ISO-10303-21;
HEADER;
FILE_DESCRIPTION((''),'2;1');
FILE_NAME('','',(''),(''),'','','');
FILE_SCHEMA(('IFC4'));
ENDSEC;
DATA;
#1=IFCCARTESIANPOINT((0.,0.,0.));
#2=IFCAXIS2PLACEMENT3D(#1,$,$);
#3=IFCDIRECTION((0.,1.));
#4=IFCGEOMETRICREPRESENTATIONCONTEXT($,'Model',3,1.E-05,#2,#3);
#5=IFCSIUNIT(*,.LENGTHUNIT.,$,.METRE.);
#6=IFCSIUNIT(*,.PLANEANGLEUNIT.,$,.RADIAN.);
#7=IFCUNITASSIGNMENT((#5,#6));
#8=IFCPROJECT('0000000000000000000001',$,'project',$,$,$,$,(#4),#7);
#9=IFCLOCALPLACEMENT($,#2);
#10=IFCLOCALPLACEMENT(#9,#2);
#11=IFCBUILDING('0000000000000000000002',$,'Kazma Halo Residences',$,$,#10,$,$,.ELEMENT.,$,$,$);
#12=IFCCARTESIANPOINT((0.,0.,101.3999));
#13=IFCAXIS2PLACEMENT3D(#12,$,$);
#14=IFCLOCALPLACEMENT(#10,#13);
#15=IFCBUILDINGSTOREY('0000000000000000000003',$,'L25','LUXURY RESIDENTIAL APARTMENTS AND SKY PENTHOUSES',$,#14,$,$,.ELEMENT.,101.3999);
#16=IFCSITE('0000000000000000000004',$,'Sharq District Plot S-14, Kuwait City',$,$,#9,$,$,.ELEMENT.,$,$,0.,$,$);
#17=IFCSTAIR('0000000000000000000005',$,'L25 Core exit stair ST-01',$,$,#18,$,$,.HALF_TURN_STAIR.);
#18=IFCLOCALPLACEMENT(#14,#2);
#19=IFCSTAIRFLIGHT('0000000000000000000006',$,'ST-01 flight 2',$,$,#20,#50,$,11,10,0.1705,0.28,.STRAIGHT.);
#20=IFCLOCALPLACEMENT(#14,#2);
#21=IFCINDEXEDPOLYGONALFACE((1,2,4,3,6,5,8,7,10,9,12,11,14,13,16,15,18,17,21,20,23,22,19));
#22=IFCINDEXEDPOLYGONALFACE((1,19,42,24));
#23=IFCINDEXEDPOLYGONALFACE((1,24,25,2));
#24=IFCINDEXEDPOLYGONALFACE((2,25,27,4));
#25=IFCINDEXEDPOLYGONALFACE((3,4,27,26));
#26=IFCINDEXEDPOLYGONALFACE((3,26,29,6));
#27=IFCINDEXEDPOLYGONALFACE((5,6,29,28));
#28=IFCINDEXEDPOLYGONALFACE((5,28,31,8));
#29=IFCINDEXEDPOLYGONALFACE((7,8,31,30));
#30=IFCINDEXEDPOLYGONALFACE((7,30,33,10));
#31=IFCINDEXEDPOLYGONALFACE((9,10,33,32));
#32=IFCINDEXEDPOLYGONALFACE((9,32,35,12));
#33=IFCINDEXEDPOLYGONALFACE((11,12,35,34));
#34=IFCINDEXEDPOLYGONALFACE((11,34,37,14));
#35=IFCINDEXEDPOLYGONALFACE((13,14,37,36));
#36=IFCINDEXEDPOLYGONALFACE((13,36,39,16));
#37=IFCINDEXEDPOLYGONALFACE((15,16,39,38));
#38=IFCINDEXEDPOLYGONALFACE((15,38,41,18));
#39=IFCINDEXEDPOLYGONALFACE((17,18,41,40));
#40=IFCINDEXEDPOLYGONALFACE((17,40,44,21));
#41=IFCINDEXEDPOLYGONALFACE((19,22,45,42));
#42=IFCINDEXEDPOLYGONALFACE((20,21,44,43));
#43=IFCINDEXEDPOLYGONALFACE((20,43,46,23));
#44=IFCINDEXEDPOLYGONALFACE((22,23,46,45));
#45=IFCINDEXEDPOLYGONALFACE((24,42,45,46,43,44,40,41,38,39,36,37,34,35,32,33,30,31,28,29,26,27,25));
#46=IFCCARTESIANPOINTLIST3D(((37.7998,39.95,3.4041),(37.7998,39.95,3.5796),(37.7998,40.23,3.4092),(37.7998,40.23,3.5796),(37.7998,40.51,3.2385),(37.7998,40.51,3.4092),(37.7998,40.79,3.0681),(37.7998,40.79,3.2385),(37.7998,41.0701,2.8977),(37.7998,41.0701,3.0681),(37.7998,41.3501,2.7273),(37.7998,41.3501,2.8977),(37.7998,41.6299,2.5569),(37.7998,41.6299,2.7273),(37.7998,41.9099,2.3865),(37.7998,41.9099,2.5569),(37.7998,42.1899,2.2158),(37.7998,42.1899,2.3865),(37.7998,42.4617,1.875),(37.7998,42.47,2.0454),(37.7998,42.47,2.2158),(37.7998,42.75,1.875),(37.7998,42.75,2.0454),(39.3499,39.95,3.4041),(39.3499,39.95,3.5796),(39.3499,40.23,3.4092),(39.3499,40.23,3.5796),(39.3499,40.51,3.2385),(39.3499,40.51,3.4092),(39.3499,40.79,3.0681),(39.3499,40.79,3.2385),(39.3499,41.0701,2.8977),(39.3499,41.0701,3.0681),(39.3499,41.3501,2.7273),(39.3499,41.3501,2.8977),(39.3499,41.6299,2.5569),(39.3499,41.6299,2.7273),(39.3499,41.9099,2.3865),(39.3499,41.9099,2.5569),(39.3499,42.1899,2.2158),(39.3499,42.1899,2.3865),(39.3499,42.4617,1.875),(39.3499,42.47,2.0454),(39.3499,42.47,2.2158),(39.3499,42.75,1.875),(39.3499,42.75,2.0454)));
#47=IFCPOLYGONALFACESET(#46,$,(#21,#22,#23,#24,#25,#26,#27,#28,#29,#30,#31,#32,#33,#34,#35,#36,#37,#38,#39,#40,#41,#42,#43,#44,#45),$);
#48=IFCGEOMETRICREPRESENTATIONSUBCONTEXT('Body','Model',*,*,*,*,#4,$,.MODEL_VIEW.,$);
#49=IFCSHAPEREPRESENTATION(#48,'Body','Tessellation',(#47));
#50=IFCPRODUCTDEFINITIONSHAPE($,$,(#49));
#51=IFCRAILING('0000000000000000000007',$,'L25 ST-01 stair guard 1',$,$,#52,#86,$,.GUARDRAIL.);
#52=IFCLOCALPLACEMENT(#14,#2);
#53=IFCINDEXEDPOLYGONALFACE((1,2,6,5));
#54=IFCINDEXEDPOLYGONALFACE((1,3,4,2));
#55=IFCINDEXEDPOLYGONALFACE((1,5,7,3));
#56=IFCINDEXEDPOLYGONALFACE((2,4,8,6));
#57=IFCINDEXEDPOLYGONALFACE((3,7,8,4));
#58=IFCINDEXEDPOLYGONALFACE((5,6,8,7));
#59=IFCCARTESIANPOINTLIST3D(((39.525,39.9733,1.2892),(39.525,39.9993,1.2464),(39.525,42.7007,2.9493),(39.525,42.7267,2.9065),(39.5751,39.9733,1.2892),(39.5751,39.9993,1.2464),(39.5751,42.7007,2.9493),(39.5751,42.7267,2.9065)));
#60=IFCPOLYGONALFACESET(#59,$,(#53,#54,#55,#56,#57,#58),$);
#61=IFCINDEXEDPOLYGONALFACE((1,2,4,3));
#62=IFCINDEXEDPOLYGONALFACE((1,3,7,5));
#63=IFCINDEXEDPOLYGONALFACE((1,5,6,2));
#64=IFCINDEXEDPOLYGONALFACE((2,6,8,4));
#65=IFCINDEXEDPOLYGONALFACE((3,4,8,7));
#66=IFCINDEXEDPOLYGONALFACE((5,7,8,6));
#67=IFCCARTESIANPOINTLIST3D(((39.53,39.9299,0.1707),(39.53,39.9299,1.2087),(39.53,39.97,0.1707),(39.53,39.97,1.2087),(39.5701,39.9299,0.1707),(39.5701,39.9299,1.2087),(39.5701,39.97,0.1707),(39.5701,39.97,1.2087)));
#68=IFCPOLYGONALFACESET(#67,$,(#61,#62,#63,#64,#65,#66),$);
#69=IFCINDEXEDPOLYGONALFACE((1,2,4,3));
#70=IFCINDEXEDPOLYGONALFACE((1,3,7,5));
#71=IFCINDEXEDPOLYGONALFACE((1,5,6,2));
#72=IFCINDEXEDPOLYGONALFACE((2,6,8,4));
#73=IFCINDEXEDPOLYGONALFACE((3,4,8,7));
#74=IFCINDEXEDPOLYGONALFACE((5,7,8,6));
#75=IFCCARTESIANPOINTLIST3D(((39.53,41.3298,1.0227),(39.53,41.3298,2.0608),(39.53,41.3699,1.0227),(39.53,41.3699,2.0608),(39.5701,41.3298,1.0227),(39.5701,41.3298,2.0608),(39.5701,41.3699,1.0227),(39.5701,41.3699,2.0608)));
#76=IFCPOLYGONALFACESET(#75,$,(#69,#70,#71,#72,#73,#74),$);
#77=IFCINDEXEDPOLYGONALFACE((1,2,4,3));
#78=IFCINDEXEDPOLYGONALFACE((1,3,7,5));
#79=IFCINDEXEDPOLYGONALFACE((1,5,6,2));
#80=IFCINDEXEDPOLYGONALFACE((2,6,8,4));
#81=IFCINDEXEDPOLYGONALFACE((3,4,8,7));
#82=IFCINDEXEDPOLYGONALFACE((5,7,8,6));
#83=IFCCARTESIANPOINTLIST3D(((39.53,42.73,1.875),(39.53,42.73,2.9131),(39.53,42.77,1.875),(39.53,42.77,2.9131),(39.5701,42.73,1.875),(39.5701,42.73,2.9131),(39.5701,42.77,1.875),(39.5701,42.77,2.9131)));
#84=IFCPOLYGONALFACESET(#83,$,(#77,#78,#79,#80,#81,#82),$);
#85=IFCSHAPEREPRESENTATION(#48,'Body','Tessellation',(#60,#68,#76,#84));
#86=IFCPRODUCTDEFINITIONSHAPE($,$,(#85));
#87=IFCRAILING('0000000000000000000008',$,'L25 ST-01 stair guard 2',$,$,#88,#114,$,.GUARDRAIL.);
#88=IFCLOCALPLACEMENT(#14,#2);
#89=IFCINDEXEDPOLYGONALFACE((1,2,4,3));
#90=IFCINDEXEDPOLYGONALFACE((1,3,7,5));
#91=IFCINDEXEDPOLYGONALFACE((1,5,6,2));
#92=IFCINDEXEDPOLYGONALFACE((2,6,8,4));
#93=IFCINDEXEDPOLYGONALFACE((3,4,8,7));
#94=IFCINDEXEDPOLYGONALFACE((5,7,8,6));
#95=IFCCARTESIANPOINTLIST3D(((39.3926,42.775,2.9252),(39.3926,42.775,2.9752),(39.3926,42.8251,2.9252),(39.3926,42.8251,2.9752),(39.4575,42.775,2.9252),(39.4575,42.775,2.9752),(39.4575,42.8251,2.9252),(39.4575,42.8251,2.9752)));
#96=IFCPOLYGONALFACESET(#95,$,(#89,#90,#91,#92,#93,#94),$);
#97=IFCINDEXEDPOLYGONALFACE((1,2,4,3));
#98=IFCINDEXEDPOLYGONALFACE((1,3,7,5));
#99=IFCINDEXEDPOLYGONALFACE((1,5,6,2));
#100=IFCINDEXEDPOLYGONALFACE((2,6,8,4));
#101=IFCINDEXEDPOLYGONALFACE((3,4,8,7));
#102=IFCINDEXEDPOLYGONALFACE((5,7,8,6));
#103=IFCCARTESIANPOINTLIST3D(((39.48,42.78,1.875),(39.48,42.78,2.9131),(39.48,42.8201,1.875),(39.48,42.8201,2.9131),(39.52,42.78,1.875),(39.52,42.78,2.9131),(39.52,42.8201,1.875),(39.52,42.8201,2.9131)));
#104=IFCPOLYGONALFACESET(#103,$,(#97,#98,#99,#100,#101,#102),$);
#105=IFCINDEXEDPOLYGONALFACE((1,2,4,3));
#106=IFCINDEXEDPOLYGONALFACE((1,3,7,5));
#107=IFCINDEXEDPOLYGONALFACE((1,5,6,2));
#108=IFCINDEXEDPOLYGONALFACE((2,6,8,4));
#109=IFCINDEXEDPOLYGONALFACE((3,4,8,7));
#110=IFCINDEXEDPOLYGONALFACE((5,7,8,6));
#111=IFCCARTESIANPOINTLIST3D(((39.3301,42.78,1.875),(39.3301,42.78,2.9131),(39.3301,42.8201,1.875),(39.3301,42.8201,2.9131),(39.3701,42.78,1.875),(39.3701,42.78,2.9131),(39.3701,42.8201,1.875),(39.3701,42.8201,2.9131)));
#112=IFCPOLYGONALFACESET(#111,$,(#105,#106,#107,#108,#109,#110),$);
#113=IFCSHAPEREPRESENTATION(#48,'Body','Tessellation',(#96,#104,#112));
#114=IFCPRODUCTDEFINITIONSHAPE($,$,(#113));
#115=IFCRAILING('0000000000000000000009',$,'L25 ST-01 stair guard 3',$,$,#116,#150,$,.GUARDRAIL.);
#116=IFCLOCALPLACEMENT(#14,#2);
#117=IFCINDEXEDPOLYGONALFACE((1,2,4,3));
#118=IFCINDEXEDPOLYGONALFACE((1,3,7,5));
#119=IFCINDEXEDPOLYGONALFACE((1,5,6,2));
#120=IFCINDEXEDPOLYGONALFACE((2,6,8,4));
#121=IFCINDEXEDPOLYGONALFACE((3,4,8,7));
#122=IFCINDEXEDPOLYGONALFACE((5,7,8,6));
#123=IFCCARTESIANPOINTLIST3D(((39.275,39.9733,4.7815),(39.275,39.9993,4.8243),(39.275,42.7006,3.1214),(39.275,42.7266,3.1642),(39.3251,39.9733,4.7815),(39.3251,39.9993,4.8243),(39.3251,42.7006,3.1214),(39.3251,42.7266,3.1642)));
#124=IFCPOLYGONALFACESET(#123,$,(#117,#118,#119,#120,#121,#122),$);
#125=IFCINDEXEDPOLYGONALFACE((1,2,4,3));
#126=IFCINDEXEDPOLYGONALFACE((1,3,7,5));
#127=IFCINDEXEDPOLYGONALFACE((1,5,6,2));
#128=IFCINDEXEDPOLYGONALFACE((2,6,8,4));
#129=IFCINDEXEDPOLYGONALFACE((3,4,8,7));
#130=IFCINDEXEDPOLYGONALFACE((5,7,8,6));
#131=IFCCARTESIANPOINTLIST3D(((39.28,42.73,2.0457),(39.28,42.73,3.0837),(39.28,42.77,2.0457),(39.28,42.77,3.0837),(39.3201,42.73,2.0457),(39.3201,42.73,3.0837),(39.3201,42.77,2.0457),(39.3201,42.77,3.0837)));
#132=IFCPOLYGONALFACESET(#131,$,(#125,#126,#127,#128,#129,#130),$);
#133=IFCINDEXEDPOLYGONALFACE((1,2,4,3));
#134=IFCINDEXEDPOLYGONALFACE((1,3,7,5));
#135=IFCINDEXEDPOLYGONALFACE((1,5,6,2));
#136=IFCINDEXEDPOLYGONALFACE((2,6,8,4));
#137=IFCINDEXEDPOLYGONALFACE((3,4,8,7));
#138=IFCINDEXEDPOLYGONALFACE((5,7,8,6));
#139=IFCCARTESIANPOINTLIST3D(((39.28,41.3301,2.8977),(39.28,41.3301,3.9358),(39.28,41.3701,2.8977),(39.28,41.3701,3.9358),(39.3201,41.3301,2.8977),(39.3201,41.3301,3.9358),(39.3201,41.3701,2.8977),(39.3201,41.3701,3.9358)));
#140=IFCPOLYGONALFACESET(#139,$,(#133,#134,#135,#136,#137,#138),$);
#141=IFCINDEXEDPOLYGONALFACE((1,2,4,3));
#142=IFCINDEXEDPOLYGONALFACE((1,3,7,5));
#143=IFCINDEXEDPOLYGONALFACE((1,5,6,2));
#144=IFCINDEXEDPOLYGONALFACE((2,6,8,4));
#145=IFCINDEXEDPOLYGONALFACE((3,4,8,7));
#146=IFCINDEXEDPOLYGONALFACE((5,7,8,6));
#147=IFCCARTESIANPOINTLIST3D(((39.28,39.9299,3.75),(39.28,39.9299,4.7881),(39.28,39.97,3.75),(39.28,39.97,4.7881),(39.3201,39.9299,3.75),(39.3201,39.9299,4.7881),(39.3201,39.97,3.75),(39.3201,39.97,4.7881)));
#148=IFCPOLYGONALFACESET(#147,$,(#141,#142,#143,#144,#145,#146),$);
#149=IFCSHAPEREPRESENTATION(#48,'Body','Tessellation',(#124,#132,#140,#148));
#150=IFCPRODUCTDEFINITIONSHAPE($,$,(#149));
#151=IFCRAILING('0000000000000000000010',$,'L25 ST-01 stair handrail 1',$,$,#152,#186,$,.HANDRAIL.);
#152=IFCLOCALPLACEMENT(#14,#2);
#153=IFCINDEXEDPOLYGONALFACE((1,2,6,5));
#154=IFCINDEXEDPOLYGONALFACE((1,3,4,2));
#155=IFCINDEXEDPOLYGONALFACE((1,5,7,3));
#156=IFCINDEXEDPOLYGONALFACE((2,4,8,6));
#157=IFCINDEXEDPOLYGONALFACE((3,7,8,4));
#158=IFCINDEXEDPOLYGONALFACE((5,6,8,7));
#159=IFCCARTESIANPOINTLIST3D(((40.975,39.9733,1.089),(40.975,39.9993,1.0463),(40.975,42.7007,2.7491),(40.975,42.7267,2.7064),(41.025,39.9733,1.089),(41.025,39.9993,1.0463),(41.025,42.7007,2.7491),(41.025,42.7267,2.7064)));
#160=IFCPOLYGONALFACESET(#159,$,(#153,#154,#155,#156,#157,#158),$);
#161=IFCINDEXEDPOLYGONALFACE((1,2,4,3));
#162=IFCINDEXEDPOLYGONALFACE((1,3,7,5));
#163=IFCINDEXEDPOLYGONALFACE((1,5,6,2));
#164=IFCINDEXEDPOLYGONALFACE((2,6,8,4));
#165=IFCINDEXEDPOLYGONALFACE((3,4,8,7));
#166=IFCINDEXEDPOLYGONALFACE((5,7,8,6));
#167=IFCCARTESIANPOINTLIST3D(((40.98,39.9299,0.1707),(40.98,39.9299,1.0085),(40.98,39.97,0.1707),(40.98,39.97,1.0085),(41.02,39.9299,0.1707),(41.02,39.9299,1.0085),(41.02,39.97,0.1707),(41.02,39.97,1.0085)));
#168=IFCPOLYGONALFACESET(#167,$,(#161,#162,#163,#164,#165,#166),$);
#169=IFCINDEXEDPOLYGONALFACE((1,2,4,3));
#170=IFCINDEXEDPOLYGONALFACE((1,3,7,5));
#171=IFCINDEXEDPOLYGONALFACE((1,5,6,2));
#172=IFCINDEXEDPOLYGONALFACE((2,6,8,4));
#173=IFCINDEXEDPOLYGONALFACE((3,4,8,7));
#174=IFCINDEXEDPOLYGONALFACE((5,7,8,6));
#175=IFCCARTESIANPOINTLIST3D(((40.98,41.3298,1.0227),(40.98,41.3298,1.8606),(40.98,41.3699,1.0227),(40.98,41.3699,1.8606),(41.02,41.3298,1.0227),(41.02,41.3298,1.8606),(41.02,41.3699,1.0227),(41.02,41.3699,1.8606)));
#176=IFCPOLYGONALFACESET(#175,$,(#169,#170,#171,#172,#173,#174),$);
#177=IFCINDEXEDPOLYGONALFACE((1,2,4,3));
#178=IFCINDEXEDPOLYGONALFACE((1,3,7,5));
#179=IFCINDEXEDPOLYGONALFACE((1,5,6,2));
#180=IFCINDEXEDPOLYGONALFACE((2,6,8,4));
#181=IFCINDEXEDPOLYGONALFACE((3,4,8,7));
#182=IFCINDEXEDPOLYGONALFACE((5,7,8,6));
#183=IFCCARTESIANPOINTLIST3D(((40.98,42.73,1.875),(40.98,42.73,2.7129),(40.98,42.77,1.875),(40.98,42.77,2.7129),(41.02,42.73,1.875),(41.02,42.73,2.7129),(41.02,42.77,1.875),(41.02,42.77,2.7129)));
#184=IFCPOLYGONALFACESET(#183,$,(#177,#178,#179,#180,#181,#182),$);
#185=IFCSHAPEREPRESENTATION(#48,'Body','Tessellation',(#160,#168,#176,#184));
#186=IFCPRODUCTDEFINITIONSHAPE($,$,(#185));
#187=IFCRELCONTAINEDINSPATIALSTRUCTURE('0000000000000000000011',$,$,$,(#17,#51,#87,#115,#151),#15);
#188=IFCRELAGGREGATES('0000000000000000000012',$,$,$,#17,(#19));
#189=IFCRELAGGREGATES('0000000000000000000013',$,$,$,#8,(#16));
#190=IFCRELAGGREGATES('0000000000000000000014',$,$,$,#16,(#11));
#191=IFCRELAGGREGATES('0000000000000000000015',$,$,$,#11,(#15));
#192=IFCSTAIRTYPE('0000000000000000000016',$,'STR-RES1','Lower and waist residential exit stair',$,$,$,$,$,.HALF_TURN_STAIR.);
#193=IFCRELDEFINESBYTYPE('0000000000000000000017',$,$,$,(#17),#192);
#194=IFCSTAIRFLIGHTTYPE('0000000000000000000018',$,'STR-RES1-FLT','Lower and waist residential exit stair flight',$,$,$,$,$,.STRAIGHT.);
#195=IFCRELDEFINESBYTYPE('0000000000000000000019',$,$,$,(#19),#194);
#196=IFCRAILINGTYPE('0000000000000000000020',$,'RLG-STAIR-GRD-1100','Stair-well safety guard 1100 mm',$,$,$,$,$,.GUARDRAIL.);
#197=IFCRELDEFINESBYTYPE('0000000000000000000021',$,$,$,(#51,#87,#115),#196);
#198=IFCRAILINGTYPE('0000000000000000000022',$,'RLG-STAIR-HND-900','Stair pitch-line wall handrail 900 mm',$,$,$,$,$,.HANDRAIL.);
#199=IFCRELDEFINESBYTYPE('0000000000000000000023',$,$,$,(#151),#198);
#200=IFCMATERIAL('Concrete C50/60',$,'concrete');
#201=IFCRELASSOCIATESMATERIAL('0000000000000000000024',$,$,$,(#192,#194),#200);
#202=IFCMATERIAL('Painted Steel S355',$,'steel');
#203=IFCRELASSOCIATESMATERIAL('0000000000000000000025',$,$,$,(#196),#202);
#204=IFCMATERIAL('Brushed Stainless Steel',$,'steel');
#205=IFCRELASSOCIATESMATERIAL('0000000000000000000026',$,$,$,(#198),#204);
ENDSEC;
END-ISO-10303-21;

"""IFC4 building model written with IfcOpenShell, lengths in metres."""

from ifc_helpers import new_model, si_unit, direction, frame, origin, origin_2d, place, context, subcontext, project, spatial, polyline, rectangle, outline, extrude, material, type_object, element, aggregate, save


model = new_model("IFC4")

# Units and contexts
model_context = context("Model", 3, precision=1e-05, world=origin(), true_north=direction((0.0, 1.0)))
body_context = subcontext(model_context, "Body", "Model", "MODEL_VIEW")
ifc_project = project(units=[si_unit("LENGTHUNIT", "METRE"), si_unit("PLANEANGLEUNIT", "RADIAN")], contexts=[model_context])

# Site, building, storey
site_placement = place(None, origin())
site = spatial("IfcSite", under=ifc_project, at=site_placement, Name="Sharq District Plot S-14, Kuwait City", CompositionType="ELEMENT", RefElevation=0.0)
building_placement = place(site_placement, origin())
building = spatial("IfcBuilding", under=site, at=building_placement, Name="Kazma Halo Residences", CompositionType="ELEMENT")
storey_placement = place(building_placement, frame((0.0, 0.0, 101.3999)))
storey = spatial("IfcBuildingStorey", under=building, at=storey_placement, Name="L25", Description="LUXURY RESIDENTIAL APARTMENTS AND SKY PENTHOUSES", CompositionType="ELEMENT", Elevation=101.3999)

# Stair, stair flight
ifc_material_1 = material(Name="Concrete C50/60", Category="concrete")
stair_type = type_object("IfcStairType", Name="STR-RES1", Description="Lower and waist residential exit stair", PredefinedType="HALF_TURN_STAIR", material=ifc_material_1)
stair_placement = place(storey_placement, origin())
stair = element("IfcStair", 1, at=stair_placement, inside=storey, type_object=stair_type, Name="L25 Core exit stair ST-01", PredefinedType="HALF_TURN_STAIR")
stair_flight_type = type_object("IfcStairFlightType", Name="STR-RES1-FLT", Description="Lower and waist residential exit stair flight", PredefinedType="STRAIGHT", material=ifc_material_1)
stair_flight_1_placement = place(storey_placement, frame((38.575, 42.75, 1.875), z_axis=(0.0, 0.0, 1.0), x_axis=(0.0, -1.0, 0.0)))
stair_flight_1 = element("IfcStairFlight", 2, at=stair_flight_1_placement, type_object=stair_flight_type, Name="ST-01 flight 2", NumberOfRisers=11, NumberOfTreads=10, PredefinedType="STRAIGHT", RiserHeight=0.1705, TreadLength=0.28, context=body_context, shape_type="SweptSolid", body=[
    extrude(outline(polyline([(0.0, 0.0), (0.0, 0.1704), (0.28, 0.1704), (0.28, 0.3408), (0.5601, 0.3408), (0.5601, 0.5115), (0.8401, 0.5115), (0.8401, 0.6819), (1.1201, 0.6819), (1.1201, 0.8523), (1.3999, 0.8523), (1.3999, 1.0227), (1.6799, 1.0227), (1.6799, 1.1931), (1.96, 1.1931), (1.96, 1.3635), (2.24, 1.3635), (2.24, 1.5342), (2.52, 1.5342), (2.52, 1.7046), (2.8, 1.7046), (2.8, 1.875), (2.8, 1.5291), (0.2883, 0.0), (0.0, 0.0)])), frame((0.0, 0.7749, 0.0), z_axis=(0.0, -1.0, 0.0), x_axis=(1.0, 0.0, 0.0)), (0.0, 0.0, 1.0), 1.55),
])
aggregate(stair, [stair_flight_1])

# Railings
ifc_material_2 = material(Name="Painted Steel S355", Category="steel")
railing_type_1 = type_object("IfcRailingType", Name="RLG-STAIR-GRD-1100", Description="Stair-well safety guard 1100 mm", PredefinedType="GUARDRAIL", material=ifc_material_2)
railing_1_placement = place(storey_placement, frame((39.55, 39.95, 0.1707)))
element("IfcRailing", 3, at=railing_1_placement, inside=storey, type_object=railing_type_1, Name="L25 ST-01 stair guard 1", PredefinedType="GUARDRAIL", context=body_context, shape_type="SweptSolid", body=[
    extrude(rectangle(XDim=0.05, YDim=0.05, at=origin_2d()), frame((0.0, 0.0364, 1.0972), z_axis=(0.0, 0.854203, 0.51994), x_axis=(-1.0, 0.0, 0.0)), (0.0, 0.0, 1.0), 3.1929),
    extrude(rectangle(XDim=0.04, YDim=0.04, at=origin_2d()), origin(), (0.0, 0.0, 1.0), 1.0381),
    extrude(rectangle(XDim=0.04, YDim=0.04, at=origin_2d()), frame((0.0, 1.3999, 0.8521)), (0.0, 0.0, 1.0), 1.0381),
    extrude(rectangle(XDim=0.04, YDim=0.04, at=origin_2d()), frame((0.0, 2.8, 1.7043)), (0.0, 0.0, 1.0), 1.0381),
])
railing_2_placement = place(storey_placement, frame((39.5, 42.8, 1.875)))
element("IfcRailing", 4, at=railing_2_placement, inside=storey, type_object=railing_type_1, Name="L25 ST-01 stair guard 2", PredefinedType="GUARDRAIL", context=body_context, shape_type="SweptSolid", body=[
    extrude(rectangle(XDim=0.05, YDim=0.05, at=origin_2d()), frame((-0.0425, 0.0, 1.0752), z_axis=(-1.0, 0.0, 0.0), x_axis=(0.0, -1.0, 0.0)), (0.0, 0.0, 1.0), 0.0649),
    extrude(rectangle(XDim=0.04, YDim=0.04, at=origin_2d()), origin(), (0.0, 0.0, 1.0), 1.0381),
    extrude(rectangle(XDim=0.04, YDim=0.04, at=origin_2d()), frame((-0.1499, 0.0, 0.0)), (0.0, 0.0, 1.0), 1.0381),
])
railing_3_placement = place(storey_placement, frame((39.3, 42.75, 2.0457)))
element("IfcRailing", 5, at=railing_3_placement, inside=storey, type_object=railing_type_1, Name="L25 ST-01 stair guard 3", PredefinedType="GUARDRAIL", context=body_context, shape_type="SweptSolid", body=[
    extrude(rectangle(XDim=0.05, YDim=0.05, at=origin_2d()), frame((0.0, -0.0364, 1.0972), z_axis=(0.0, -0.854203, 0.51994), x_axis=(1.0, 0.0, 0.0)), (0.0, 0.0, 1.0), 3.1929),
    extrude(rectangle(XDim=0.04, YDim=0.04, at=origin_2d()), origin(), (0.0, 0.0, 1.0), 1.0381),
    extrude(rectangle(XDim=0.04, YDim=0.04, at=origin_2d()), frame((0.0, -1.3999, 0.8521)), (0.0, 0.0, 1.0), 1.0381),
    extrude(rectangle(XDim=0.04, YDim=0.04, at=origin_2d()), frame((0.0, -2.8, 1.7043)), (0.0, 0.0, 1.0), 1.0381),
])
ifc_material_3 = material(Name="Brushed Stainless Steel", Category="steel")
railing_type_2 = type_object("IfcRailingType", Name="RLG-STAIR-HND-900", Description="Stair pitch-line wall handrail 900 mm", PredefinedType="HANDRAIL", material=ifc_material_3)
railing_4_placement = place(storey_placement, frame((41.0, 39.95, 0.1707)))
element("IfcRailing", 6, at=railing_4_placement, inside=storey, type_object=railing_type_2, Name="L25 ST-01 stair handrail 1", PredefinedType="HANDRAIL", context=body_context, shape_type="SweptSolid", body=[
    extrude(rectangle(XDim=0.05, YDim=0.05, at=origin_2d()), frame((0.0, 0.0364, 0.897), z_axis=(0.0, 0.854203, 0.51994), x_axis=(-1.0, 0.0, 0.0)), (0.0, 0.0, 1.0), 3.1929),
    extrude(rectangle(XDim=0.04, YDim=0.04, at=origin_2d()), origin(), (0.0, 0.0, 1.0), 0.8379),
    extrude(rectangle(XDim=0.04, YDim=0.04, at=origin_2d()), frame((0.0, 1.3999, 0.8521)), (0.0, 0.0, 1.0), 0.8379),
    extrude(rectangle(XDim=0.04, YDim=0.04, at=origin_2d()), frame((0.0, 2.8, 1.7043)), (0.0, 0.0, 1.0), 0.8379),
])

save(model, "model.ifc")
